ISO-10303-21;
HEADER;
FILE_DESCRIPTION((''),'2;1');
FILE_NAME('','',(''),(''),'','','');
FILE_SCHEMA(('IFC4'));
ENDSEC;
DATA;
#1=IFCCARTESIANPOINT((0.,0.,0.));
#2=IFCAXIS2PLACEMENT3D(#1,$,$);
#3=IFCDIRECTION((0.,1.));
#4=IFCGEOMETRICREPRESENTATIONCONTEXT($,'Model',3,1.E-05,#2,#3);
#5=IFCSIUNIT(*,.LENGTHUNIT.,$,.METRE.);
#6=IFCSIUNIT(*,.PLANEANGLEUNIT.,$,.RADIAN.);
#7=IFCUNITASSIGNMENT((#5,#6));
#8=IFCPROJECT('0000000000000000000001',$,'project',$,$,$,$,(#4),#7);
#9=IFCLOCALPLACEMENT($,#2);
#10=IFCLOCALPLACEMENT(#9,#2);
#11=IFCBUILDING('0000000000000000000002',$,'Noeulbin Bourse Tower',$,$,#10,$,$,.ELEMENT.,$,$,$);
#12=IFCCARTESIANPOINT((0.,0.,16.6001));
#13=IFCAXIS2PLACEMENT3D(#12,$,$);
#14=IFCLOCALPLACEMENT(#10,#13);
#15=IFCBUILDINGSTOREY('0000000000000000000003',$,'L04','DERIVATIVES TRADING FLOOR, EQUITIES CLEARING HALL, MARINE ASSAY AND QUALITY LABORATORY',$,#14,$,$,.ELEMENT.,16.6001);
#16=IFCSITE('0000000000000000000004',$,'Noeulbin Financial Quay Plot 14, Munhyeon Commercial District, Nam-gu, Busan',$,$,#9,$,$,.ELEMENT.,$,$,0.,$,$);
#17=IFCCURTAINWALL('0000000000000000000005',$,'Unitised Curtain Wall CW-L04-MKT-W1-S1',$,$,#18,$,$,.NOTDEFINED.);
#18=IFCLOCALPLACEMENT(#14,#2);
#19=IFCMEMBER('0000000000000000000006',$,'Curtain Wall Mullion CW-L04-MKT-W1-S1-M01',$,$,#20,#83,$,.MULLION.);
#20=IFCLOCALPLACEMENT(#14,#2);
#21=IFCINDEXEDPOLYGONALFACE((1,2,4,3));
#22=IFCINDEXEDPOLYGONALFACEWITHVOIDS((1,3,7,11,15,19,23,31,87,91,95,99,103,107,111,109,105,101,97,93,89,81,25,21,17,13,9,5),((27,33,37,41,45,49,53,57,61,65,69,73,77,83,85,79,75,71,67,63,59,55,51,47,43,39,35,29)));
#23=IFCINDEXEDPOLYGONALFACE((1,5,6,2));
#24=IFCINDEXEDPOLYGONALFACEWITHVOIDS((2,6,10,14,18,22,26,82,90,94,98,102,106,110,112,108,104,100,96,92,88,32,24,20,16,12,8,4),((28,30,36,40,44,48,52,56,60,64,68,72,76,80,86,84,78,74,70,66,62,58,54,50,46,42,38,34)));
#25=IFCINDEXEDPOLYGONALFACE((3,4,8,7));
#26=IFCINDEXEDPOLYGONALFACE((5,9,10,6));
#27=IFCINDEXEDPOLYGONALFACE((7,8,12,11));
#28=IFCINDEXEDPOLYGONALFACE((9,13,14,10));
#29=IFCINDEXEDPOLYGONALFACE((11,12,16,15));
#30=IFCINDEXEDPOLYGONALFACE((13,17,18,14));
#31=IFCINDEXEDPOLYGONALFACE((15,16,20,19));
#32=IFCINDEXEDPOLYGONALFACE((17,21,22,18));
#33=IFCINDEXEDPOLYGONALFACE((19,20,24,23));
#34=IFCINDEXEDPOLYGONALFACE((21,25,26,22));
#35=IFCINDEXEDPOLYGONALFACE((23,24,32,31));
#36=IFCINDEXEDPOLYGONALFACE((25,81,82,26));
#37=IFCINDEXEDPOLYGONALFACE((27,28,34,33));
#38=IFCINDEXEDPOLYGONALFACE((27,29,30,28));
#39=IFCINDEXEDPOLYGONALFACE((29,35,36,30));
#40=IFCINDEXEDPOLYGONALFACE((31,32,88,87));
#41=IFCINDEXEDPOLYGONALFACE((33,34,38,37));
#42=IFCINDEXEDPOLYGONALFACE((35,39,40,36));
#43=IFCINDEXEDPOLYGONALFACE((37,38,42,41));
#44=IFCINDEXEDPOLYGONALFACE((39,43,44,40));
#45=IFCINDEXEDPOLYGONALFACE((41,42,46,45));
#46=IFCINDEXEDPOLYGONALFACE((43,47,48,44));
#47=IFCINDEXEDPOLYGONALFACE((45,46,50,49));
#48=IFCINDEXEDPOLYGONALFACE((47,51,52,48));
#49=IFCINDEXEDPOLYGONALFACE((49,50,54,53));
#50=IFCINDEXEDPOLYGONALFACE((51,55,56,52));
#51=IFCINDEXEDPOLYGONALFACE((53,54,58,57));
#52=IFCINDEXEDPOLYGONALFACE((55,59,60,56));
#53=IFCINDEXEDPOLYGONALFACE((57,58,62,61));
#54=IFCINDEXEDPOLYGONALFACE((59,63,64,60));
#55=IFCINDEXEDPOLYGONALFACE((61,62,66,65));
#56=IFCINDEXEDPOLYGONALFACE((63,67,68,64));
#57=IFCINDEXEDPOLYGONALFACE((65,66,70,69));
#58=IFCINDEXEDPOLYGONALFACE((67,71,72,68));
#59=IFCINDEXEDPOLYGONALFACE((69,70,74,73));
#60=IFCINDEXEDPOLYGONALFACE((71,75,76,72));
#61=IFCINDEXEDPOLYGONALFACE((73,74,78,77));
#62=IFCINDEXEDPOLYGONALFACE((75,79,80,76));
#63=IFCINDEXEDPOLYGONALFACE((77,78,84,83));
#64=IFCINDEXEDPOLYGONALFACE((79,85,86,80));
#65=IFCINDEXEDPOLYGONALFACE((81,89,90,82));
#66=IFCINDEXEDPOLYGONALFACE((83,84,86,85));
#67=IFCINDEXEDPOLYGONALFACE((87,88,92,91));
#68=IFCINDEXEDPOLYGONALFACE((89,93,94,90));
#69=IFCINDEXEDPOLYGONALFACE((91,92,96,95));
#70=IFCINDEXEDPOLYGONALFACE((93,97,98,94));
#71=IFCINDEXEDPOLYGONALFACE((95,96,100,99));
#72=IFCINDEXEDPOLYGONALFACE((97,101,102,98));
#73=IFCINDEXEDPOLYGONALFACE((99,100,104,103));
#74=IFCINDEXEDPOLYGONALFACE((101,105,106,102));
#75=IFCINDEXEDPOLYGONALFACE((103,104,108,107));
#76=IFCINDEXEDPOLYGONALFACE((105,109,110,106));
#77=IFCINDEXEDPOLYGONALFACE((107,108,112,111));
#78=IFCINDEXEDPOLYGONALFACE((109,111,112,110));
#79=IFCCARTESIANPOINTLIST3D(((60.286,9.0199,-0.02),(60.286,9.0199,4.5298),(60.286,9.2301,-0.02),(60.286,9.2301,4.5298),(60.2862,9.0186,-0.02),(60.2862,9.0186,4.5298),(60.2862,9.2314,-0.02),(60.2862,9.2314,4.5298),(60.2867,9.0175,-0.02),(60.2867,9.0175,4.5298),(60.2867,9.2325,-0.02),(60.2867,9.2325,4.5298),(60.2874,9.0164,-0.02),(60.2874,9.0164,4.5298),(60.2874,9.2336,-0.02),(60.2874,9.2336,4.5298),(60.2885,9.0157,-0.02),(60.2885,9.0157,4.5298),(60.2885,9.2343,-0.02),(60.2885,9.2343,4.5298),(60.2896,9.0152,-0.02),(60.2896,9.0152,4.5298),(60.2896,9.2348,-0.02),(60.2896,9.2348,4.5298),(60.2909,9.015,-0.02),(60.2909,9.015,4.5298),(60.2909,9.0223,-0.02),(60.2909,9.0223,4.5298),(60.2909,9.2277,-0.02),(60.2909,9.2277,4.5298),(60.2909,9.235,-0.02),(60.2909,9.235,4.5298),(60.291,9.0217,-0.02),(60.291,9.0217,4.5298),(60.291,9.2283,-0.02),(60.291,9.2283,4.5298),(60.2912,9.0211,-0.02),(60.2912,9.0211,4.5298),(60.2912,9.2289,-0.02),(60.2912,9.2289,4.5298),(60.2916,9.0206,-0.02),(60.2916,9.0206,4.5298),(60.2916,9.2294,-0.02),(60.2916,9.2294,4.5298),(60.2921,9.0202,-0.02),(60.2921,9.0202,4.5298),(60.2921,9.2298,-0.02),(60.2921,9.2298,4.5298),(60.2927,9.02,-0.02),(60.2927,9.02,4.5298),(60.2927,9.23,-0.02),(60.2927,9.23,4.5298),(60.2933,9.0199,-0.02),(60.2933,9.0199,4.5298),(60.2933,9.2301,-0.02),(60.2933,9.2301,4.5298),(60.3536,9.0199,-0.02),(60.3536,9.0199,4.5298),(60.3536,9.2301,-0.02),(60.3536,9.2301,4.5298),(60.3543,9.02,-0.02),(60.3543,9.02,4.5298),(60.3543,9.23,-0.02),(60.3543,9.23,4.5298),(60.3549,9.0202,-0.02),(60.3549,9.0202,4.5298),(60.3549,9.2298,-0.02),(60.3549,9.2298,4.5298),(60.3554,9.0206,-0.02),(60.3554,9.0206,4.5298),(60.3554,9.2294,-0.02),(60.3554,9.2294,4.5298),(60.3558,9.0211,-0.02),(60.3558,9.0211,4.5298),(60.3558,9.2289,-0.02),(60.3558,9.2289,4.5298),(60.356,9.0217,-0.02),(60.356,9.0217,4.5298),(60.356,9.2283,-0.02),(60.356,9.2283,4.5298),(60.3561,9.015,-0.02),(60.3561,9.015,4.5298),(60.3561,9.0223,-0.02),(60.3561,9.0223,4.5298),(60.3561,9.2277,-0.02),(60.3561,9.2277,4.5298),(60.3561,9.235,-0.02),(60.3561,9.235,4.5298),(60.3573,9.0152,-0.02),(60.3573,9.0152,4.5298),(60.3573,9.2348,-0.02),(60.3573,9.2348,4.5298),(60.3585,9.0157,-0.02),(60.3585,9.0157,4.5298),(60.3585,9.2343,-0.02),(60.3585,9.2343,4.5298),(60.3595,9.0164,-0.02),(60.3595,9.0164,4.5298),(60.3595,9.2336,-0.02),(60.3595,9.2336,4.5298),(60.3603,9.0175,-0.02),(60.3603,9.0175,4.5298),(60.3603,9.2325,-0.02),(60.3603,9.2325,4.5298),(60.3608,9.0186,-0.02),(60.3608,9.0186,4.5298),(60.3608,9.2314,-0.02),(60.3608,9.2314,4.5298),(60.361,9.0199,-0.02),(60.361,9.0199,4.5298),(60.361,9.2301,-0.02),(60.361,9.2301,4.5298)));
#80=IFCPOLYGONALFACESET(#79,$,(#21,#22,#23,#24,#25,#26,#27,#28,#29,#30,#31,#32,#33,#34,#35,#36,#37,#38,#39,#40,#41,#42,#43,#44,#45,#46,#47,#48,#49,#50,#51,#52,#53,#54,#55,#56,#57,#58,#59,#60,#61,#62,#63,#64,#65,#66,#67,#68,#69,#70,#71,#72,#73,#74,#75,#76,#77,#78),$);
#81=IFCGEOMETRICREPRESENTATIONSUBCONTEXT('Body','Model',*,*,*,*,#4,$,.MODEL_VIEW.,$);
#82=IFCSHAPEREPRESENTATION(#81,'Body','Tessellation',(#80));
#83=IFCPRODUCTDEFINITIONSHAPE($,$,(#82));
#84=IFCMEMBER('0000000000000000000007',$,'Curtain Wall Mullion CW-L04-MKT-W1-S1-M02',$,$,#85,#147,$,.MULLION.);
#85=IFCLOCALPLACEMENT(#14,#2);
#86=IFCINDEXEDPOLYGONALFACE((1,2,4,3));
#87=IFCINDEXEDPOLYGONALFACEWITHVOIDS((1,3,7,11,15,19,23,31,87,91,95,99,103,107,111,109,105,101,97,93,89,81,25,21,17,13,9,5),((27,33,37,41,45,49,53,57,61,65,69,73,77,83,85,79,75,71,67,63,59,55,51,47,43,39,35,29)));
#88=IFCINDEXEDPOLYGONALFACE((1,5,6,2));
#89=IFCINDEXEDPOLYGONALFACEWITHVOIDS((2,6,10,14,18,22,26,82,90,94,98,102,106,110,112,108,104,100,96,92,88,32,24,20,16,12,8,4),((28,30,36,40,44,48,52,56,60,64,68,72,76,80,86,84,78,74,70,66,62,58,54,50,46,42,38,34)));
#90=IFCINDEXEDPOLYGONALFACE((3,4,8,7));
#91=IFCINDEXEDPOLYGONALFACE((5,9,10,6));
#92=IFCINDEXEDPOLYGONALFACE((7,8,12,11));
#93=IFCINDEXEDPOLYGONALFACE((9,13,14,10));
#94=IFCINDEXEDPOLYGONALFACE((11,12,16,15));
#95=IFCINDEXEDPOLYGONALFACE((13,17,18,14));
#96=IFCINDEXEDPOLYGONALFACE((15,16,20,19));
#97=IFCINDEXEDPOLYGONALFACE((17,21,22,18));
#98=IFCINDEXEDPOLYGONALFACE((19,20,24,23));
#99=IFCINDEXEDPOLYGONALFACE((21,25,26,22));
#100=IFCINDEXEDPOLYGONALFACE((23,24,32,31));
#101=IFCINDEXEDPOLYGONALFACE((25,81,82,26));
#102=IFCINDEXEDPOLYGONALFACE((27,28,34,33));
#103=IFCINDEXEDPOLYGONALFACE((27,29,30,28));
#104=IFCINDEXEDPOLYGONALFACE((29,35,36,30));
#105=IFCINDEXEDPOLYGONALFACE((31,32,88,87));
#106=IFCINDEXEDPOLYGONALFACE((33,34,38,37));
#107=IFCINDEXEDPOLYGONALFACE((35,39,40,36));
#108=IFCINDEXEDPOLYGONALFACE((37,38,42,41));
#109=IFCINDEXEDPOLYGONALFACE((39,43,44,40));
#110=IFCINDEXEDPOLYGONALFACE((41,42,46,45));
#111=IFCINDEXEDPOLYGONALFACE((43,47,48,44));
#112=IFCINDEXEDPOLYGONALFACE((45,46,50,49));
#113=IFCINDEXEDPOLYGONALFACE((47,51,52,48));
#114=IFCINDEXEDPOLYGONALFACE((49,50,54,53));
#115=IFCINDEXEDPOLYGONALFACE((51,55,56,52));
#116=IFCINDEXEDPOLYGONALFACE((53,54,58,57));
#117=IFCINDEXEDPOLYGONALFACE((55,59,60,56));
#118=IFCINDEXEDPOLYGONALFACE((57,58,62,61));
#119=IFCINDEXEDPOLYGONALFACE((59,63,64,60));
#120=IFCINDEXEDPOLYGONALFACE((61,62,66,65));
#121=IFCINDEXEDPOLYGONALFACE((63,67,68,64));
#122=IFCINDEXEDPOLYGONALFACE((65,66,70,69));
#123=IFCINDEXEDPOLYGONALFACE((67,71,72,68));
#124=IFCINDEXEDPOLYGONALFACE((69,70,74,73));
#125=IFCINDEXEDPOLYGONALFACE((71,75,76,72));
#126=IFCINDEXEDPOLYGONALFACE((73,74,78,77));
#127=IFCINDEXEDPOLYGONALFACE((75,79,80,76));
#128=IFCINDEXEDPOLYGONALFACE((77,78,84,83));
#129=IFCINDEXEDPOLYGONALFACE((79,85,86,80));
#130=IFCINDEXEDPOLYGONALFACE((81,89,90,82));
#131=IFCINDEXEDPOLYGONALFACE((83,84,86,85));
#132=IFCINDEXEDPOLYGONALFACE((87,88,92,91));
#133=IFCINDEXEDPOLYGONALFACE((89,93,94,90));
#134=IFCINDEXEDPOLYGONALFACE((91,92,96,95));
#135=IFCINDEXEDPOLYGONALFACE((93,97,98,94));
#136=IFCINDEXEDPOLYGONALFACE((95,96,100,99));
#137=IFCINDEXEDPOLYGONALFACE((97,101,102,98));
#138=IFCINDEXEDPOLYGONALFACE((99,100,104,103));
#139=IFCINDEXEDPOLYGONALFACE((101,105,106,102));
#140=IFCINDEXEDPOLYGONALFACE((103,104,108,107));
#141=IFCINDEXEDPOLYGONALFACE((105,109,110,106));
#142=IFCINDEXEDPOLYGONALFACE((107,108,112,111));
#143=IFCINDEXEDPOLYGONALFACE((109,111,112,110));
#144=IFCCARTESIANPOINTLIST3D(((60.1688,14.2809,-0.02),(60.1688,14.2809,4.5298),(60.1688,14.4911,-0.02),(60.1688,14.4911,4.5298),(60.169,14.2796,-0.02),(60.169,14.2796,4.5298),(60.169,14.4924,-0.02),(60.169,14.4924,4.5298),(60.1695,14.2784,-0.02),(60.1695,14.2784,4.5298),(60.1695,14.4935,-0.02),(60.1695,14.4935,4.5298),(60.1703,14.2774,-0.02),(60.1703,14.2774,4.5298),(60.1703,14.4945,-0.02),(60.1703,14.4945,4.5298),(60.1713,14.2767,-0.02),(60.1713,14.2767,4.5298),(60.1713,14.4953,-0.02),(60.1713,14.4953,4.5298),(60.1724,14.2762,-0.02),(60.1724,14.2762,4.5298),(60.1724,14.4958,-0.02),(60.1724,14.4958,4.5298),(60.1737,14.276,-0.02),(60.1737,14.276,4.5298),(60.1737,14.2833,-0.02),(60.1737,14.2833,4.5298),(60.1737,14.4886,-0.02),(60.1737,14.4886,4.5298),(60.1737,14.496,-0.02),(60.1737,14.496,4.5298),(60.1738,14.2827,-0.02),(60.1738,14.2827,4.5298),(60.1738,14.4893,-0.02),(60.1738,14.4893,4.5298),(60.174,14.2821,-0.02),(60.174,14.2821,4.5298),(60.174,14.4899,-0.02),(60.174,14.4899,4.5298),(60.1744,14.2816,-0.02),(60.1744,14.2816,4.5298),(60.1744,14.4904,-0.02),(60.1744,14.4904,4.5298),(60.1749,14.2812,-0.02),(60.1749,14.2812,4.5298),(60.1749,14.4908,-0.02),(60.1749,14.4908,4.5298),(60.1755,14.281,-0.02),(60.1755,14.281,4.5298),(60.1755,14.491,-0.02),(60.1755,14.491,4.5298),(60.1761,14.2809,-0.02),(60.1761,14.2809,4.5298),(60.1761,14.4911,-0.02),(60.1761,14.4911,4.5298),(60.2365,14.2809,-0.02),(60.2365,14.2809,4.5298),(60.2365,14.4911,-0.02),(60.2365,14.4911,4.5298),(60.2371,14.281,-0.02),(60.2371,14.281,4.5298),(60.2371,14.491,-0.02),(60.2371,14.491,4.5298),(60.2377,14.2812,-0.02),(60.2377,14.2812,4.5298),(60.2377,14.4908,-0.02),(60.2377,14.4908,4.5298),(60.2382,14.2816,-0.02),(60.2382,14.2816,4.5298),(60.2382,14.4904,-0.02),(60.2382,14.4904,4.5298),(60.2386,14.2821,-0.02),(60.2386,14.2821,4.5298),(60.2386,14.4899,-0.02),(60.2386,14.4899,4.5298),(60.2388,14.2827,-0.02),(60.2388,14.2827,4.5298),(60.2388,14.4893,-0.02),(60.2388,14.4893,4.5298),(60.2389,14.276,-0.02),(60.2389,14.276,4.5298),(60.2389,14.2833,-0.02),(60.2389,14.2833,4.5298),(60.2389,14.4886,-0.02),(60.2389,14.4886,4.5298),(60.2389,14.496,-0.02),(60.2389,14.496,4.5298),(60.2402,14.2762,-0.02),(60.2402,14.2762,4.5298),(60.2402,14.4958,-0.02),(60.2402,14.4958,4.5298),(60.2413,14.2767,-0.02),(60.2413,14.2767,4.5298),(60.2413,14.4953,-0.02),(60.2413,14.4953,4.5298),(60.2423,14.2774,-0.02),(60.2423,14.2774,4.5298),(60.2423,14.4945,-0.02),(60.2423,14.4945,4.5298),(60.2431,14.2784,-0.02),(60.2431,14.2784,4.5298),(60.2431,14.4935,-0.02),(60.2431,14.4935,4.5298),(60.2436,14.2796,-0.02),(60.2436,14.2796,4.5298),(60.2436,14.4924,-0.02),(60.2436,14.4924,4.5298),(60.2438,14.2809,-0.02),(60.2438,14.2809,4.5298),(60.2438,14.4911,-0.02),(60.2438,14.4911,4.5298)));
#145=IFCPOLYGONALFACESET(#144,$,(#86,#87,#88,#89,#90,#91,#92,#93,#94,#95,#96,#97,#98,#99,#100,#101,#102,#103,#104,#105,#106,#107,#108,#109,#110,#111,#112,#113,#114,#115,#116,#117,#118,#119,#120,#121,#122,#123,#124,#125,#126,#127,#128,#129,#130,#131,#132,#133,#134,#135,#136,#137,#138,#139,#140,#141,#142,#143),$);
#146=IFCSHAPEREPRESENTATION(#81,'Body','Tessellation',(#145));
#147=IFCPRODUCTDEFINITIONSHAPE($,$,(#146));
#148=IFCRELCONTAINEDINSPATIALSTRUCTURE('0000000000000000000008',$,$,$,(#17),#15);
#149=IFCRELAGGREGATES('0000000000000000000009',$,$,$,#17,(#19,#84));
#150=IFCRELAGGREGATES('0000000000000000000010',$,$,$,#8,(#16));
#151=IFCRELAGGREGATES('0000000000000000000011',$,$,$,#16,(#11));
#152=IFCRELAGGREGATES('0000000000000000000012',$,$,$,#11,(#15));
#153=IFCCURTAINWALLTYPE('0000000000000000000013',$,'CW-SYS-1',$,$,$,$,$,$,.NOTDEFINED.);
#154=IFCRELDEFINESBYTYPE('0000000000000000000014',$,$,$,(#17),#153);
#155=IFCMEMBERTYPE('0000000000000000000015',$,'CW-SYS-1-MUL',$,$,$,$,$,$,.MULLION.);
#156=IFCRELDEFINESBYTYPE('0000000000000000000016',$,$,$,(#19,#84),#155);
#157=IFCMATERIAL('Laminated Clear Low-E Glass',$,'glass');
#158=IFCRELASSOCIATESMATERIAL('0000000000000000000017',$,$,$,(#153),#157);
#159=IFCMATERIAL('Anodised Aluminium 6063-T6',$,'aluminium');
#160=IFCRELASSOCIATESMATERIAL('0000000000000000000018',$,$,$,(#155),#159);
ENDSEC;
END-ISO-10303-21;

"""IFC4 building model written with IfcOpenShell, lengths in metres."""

from ifc_helpers import new_model, si_unit, direction, frame, origin, origin_2d, place, context, subcontext, project, spatial, hollow_rectangle, extrude, material, material_profile, profile_set, type_object, element, aggregate, save


model = new_model("IFC4")

# Units and contexts
model_context = context("Model", 3, precision=1e-05, world=origin(), true_north=direction((0.0, 1.0)))
body_context = subcontext(model_context, "Body", "Model", "MODEL_VIEW")
ifc_project = project(units=[si_unit("LENGTHUNIT", "METRE"), si_unit("PLANEANGLEUNIT", "RADIAN")], contexts=[model_context])

# Site, building, storey
site_placement = place(None, origin())
site = spatial("IfcSite", under=ifc_project, at=site_placement, Name="Noeulbin Financial Quay Plot 14, Munhyeon Commercial District, Nam-gu, Busan", CompositionType="ELEMENT", RefElevation=0.0)
building_placement = place(site_placement, origin())
building = spatial("IfcBuilding", under=site, at=building_placement, Name="Noeulbin Bourse Tower", CompositionType="ELEMENT")
storey_placement = place(building_placement, frame((0.0, 0.0, 16.6001)))
storey = spatial("IfcBuildingStorey", under=building, at=storey_placement, Name="L04", Description="DERIVATIVES TRADING FLOOR, EQUITIES CLEARING HALL, MARINE ASSAY AND QUALITY LABORATORY", CompositionType="ELEMENT", Elevation=16.6001)

# Curtain wall, members
ifc_material_1 = material(Name="Laminated Clear Low-E Glass", Category="glass")
curtain_wall_type = type_object("IfcCurtainWallType", Name="CW-SYS-1", PredefinedType="NOTDEFINED", material=ifc_material_1)
curtain_wall_1_placement = place(storey_placement, origin())
curtain_wall_1 = element("IfcCurtainWall", 1, at=curtain_wall_1_placement, inside=storey, type_object=curtain_wall_type, Name="Unitised Curtain Wall CW-L04-MKT-W1-S1", PredefinedType="NOTDEFINED")
ifc_material_2 = material(Name="Anodised Aluminium 6063-T6", Category="aluminium")
ifc_material_profile_1 = material_profile(ifc_material_2, hollow_rectangle(XDim=0.075, YDim=0.22, WallThickness=0.0049, InnerFilletRadius=0.0024, OuterFilletRadius=0.0049, at=origin_2d()), Name="ALU-MULL-75x220x5", Category="LoadBearing")
ifc_profile_set_1 = profile_set([ifc_material_profile_1], Name="Anodised Aluminium 6063-T6")
member_type_1 = type_object("IfcMemberType", Name="CW-SYS-1-MUL", PredefinedType="MULLION", material=ifc_profile_set_1)
member_1_placement = place(storey_placement, frame((60.3235, 9.125, -0.02), z_axis=(0.0, 0.0, 1.0), x_axis=(1.0, 0.0, 0.0)))
member_1 = element("IfcMember", 2, at=member_1_placement, type_object=member_type_1, Name="Curtain Wall Mullion CW-L04-MKT-W1-S1-M01", PredefinedType="MULLION", context=body_context, shape_type="SweptSolid", body=[
    extrude(hollow_rectangle(XDim=0.075, YDim=0.22, WallThickness=0.0049, InnerFilletRadius=0.0024, OuterFilletRadius=0.0049, at=origin_2d()), origin(), (0.0, 0.0, 1.0), 4.5498),
])
member_2_placement = place(storey_placement, frame((60.2063, 14.386, -0.02), z_axis=(0.0, 0.0, 1.0), x_axis=(1.0, 0.0, 0.0)))
member_2 = element("IfcMember", 3, at=member_2_placement, type_object=member_type_1, Name="Curtain Wall Mullion CW-L04-MKT-W1-S1-M02", PredefinedType="MULLION", context=body_context, shape_type="SweptSolid", body=[
    extrude(hollow_rectangle(XDim=0.075, YDim=0.22, WallThickness=0.0049, InnerFilletRadius=0.0024, OuterFilletRadius=0.0049, at=origin_2d()), origin(), (0.0, 0.0, 1.0), 4.5498),
])

aggregate(curtain_wall_1, [member_1, member_2])

save(model, "model.ifc")
